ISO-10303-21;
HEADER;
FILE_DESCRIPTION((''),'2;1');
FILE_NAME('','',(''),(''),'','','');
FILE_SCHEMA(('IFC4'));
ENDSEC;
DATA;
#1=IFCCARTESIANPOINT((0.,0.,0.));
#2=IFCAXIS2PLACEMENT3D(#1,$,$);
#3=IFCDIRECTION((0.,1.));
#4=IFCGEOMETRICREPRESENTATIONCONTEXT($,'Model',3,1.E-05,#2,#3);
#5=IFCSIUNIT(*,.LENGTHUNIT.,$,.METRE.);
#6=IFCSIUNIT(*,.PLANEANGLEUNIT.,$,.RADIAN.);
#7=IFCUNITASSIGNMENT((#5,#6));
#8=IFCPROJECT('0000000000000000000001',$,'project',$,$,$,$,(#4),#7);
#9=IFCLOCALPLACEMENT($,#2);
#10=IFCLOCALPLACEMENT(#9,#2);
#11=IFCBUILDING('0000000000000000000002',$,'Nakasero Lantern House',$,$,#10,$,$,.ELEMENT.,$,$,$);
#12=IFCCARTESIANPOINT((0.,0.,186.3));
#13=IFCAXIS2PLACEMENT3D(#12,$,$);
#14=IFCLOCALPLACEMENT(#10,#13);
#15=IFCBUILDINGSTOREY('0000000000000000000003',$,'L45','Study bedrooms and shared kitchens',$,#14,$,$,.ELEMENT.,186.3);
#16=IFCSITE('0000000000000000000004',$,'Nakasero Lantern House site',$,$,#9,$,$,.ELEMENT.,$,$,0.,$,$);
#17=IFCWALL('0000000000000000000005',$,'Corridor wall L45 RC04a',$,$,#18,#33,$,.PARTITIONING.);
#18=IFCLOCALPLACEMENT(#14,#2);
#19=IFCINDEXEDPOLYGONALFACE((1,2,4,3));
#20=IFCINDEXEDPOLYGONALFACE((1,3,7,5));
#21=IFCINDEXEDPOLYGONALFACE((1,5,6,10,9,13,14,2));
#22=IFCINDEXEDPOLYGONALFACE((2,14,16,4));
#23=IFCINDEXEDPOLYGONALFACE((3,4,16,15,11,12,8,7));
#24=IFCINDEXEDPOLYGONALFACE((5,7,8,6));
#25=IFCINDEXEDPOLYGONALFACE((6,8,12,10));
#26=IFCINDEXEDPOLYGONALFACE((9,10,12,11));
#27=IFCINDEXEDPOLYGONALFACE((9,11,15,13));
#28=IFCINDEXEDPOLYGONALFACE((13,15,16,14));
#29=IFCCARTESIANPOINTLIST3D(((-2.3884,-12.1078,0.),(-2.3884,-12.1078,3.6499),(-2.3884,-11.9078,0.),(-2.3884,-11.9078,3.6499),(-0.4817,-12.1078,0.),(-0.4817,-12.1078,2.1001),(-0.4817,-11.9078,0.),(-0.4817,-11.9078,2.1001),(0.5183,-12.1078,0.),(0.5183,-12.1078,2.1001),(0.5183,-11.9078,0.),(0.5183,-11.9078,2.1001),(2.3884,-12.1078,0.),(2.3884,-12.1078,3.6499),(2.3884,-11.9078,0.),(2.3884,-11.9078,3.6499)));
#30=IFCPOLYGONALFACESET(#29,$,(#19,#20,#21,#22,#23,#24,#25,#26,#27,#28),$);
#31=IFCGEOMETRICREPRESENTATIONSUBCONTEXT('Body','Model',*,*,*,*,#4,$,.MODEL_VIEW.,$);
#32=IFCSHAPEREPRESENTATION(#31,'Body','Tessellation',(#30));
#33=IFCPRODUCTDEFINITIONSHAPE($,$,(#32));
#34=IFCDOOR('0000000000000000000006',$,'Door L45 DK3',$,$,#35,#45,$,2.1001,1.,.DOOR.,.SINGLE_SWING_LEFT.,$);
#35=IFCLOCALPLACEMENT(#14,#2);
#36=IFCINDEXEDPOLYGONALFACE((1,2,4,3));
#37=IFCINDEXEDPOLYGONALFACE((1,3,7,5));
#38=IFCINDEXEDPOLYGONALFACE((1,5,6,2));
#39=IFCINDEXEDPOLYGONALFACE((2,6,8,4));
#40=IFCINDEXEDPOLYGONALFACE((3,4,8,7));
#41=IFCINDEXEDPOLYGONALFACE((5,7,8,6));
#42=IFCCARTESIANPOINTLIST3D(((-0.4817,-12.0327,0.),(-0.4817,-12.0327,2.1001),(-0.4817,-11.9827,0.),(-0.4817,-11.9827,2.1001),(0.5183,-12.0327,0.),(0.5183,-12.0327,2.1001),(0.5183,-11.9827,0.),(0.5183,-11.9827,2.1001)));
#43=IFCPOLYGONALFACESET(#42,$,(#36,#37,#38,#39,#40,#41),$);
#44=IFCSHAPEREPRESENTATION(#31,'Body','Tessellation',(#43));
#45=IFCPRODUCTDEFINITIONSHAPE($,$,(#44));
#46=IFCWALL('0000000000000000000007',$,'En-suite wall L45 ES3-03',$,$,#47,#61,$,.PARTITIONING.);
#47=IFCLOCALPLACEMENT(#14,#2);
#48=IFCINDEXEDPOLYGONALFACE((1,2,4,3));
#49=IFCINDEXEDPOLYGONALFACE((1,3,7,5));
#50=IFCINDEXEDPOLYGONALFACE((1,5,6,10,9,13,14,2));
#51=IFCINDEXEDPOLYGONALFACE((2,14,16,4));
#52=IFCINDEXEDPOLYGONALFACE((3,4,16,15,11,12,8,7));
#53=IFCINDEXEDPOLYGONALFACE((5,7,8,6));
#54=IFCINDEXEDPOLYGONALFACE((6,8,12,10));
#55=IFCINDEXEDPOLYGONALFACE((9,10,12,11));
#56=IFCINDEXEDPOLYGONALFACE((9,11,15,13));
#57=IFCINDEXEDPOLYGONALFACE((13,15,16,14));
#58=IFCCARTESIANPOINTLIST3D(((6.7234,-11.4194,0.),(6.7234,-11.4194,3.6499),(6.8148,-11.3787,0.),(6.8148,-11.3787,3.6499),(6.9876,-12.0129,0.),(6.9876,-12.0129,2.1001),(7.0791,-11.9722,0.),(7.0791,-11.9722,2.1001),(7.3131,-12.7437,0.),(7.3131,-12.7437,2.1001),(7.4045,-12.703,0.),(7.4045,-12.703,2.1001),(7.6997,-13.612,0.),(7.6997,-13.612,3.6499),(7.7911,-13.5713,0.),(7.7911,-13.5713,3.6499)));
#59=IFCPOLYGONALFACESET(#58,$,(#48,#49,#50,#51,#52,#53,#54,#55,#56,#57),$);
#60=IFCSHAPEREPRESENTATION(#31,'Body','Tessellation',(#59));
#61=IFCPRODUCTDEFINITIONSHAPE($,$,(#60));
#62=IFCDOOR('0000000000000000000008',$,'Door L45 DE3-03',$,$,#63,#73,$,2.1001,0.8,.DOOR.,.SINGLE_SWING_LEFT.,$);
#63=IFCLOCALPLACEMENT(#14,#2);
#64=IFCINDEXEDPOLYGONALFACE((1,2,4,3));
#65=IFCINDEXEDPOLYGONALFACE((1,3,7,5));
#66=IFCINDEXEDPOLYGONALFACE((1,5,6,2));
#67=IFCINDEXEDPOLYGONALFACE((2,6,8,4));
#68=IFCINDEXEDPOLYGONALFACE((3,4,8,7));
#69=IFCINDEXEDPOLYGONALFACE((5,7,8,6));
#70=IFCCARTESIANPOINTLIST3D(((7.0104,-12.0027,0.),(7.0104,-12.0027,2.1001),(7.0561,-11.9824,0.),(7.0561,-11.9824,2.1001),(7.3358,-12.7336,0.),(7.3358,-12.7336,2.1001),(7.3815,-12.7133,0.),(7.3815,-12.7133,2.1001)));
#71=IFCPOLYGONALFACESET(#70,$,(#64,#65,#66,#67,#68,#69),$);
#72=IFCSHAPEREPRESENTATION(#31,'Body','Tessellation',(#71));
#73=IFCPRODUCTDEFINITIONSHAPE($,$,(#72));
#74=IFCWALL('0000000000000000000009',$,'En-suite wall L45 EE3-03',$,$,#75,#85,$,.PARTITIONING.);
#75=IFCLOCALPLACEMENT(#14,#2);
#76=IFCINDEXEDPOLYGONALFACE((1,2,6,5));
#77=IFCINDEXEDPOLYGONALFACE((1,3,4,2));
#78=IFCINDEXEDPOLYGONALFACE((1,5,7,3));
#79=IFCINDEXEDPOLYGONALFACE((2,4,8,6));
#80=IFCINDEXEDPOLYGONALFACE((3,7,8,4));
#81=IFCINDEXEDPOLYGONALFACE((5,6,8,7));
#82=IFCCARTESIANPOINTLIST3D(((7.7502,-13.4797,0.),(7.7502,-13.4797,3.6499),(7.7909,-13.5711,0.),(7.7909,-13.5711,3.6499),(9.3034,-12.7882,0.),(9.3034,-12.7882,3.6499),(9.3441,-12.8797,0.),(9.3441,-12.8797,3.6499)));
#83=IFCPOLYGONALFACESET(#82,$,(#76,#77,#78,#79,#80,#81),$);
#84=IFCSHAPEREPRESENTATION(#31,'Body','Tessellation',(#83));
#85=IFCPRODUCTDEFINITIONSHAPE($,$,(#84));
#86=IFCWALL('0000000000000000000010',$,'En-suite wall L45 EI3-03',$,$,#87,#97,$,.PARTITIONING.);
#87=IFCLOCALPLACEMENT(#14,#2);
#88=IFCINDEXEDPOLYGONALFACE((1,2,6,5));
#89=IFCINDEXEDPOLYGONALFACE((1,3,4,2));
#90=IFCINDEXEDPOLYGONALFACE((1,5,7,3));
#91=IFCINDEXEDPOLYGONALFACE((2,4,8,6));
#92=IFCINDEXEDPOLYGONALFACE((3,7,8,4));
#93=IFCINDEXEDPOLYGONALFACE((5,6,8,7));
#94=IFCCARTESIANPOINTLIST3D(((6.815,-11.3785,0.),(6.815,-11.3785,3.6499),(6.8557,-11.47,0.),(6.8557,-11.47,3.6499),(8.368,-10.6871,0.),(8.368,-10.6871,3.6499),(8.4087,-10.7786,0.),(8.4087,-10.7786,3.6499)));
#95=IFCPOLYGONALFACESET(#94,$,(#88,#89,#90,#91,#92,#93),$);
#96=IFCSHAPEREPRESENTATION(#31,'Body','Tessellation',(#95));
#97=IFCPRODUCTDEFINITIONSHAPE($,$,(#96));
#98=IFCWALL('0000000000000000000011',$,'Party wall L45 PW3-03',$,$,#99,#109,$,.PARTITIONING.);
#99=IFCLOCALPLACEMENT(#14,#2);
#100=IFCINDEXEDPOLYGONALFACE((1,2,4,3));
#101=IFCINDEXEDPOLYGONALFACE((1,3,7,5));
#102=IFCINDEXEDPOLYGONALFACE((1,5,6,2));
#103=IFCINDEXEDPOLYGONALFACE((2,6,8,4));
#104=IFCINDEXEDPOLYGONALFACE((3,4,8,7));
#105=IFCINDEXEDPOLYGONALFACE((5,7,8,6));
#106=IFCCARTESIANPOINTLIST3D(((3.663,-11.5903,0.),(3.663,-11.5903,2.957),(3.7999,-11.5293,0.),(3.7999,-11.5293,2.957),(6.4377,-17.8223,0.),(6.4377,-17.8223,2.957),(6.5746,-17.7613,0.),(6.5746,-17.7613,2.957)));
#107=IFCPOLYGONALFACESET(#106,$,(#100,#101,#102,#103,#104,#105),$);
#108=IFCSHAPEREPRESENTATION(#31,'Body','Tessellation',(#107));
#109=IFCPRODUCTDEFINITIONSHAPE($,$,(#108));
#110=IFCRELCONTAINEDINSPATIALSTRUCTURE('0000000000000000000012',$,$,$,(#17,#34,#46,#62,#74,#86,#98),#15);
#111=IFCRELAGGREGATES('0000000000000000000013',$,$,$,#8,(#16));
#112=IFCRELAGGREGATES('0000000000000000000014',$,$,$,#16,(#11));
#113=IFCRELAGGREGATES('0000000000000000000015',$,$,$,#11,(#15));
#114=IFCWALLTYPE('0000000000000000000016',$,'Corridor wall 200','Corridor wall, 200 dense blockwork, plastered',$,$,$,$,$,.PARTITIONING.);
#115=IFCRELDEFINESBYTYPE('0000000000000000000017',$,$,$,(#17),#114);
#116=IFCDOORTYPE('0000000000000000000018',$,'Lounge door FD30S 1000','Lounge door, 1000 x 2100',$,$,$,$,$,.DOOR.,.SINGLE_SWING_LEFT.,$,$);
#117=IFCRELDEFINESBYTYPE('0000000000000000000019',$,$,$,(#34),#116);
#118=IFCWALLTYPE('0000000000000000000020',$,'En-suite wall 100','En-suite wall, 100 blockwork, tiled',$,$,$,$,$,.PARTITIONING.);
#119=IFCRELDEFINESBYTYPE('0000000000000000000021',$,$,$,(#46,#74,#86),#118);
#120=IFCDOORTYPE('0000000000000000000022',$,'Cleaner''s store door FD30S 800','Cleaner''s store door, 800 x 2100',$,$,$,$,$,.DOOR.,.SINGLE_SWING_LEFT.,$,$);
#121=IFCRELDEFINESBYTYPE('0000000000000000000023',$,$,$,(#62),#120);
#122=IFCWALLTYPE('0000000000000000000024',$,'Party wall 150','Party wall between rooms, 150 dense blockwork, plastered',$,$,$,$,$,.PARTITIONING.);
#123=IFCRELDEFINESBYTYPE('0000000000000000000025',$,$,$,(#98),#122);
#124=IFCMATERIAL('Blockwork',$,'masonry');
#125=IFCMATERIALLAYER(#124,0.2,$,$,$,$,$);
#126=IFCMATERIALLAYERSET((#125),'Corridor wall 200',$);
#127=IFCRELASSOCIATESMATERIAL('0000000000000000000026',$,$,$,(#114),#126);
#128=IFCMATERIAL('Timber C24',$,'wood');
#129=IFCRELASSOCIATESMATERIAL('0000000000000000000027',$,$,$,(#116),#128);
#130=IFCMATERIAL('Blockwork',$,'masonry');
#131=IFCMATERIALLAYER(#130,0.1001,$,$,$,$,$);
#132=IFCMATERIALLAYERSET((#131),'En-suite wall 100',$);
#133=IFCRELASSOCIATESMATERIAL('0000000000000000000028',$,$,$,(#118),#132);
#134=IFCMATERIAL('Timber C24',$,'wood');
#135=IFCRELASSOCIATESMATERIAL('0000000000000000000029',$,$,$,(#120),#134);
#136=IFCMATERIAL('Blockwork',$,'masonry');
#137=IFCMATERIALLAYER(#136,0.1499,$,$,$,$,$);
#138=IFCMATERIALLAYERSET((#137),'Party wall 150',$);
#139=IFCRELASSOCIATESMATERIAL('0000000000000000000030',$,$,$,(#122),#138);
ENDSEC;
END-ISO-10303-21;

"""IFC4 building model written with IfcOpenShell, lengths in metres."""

from ifc_helpers import new_model, si_unit, direction, frame, frame_2d, origin, place, context, subcontext, project, spatial, rectangle, extrude, material, layer, layer_set, type_object, element, fill, save


model = new_model("IFC4")

# Units and contexts
model_context = context("Model", 3, precision=1e-05, world=origin(), true_north=direction((0.0, 1.0)))
body_context = subcontext(model_context, "Body", "Model", "MODEL_VIEW")
ifc_project = project(units=[si_unit("LENGTHUNIT", "METRE"), si_unit("PLANEANGLEUNIT", "RADIAN")], contexts=[model_context])

# Site, building, storey
site_placement = place(None, origin())
site = spatial("IfcSite", under=ifc_project, at=site_placement, Name="Nakasero Lantern House site", CompositionType="ELEMENT", RefElevation=0.0)
building_placement = place(site_placement, origin())
building = spatial("IfcBuilding", under=site, at=building_placement, Name="Nakasero Lantern House", CompositionType="ELEMENT")
storey_placement = place(building_placement, frame((0.0, 0.0, 186.3)))
storey = spatial("IfcBuildingStorey", under=building, at=storey_placement, Name="L45", Description="Study bedrooms and shared kitchens", CompositionType="ELEMENT", Elevation=186.3)

# Walls, openings, doors
ifc_material_1 = material(Name="Blockwork", Category="masonry")
ifc_layer_1 = layer(ifc_material_1, 0.2)
ifc_layer_set_1 = layer_set([ifc_layer_1], Name="Corridor wall 200")
wall_type_1 = type_object("IfcWallType", Name="Corridor wall 200", Description="Corridor wall, 200 dense blockwork, plastered", PredefinedType="PARTITIONING", material=ifc_layer_set_1)
wall_1_placement = place(storey_placement, frame((2.3884, -12.0078, 0.0), z_axis=(0.0, 0.0, 1.0), x_axis=(-1.0, 0.0, 0.0)))
wall_1 = element("IfcWall", 1, at=wall_1_placement, inside=storey, type_object=wall_type_1, Name="Corridor wall L45 RC04a", PredefinedType="PARTITIONING", context=body_context, shape_type="SweptSolid", body=[
    extrude(rectangle(XDim=4.7769, YDim=0.2, at=frame_2d((2.3884, 0.0))), origin(), (0.0, 0.0, 1.0), 3.6499),
])
opening_1_placement = place(wall_1_placement, frame((1.8701, 0.0, 0.0)))
opening_1 = element("IfcOpeningElement", 2, at=opening_1_placement, cuts=wall_1, PredefinedType="OPENING", context=body_context, shape_type="SweptSolid", body=[
    extrude(rectangle(XDim=1.0, YDim=2.1001, at=frame_2d((0.5, 1.05))), frame((0.0, 0.1199, 0.0), z_axis=(0.0, -1.0, 0.0), x_axis=(1.0, 0.0, 0.0)), (0.0, 0.0, 1.0), 0.24),
])
ifc_material_2 = material(Name="Timber C24", Category="wood")
door_type_1 = type_object("IfcDoorType", Name="Lounge door FD30S 1000", Description="Lounge door, 1000 x 2100", OperationType="SINGLE_SWING_LEFT", PredefinedType="DOOR", material=ifc_material_2)
door_1_placement = place(opening_1_placement, origin())
door_1 = element("IfcDoor", 3, at=door_1_placement, inside=storey, type_object=door_type_1, Name="Door L45 DK3", OperationType="SINGLE_SWING_LEFT", OverallHeight=2.1001, OverallWidth=1.0, PredefinedType="DOOR", context=body_context, shape_type="SweptSolid", body=[
    extrude(rectangle(XDim=1.0, YDim=2.1001, at=frame_2d((0.5, 1.05))), frame((0.0, 0.0249, 0.0), z_axis=(0.0, -1.0, 0.0), x_axis=(1.0, 0.0, 0.0)), (0.0, 0.0, 1.0), 0.05),
])
fill(opening_1, door_1)
ifc_material_3 = material(Name="Blockwork", Category="masonry")
ifc_layer_2 = layer(ifc_material_3, 0.1001)
ifc_layer_set_2 = layer_set([ifc_layer_2], Name="En-suite wall 100")
wall_type_2 = type_object("IfcWallType", Name="En-suite wall 100", Description="En-suite wall, 100 blockwork, tiled", PredefinedType="PARTITIONING", material=ifc_layer_set_2)
wall_2_placement = place(storey_placement, frame((6.769, -11.3989, 0.0), z_axis=(0.0, 0.0, 1.0), x_axis=(0.406771, -0.91353, 0.0)))
wall_2 = element("IfcWall", 4, at=wall_2_placement, inside=storey, type_object=wall_type_2, Name="En-suite wall L45 ES3-03", PredefinedType="PARTITIONING", context=body_context, shape_type="SweptSolid", body=[
    extrude(rectangle(XDim=2.4001, YDim=0.1001, at=frame_2d((1.2002, 0.0))), origin(), (0.0, 0.0, 1.0), 3.6499),
])
opening_2_placement = place(wall_2_placement, frame((0.6499, 0.0, 0.0)))
opening_2 = element("IfcOpeningElement", 5, at=opening_2_placement, cuts=wall_2, PredefinedType="OPENING", context=body_context, shape_type="SweptSolid", body=[
    extrude(rectangle(XDim=0.8, YDim=2.1001, at=frame_2d((0.3999, 1.05))), frame((0.0, 0.0701, 0.0), z_axis=(0.0, -1.0, 0.0), x_axis=(1.0, 0.0, 0.0)), (0.0, 0.0, 1.0), 0.1401),
])
ifc_material_4 = material(Name="Timber C24", Category="wood")
door_type_2 = type_object("IfcDoorType", Name="Cleaner's store door FD30S 800", Description="Cleaner's store door, 800 x 2100", OperationType="SINGLE_SWING_LEFT", PredefinedType="DOOR", material=ifc_material_4)
door_2_placement = place(opening_2_placement, origin())
door_2 = element("IfcDoor", 6, at=door_2_placement, inside=storey, type_object=door_type_2, Name="Door L45 DE3-03", OperationType="SINGLE_SWING_LEFT", OverallHeight=2.1001, OverallWidth=0.8, PredefinedType="DOOR", context=body_context, shape_type="SweptSolid", body=[
    extrude(rectangle(XDim=0.8, YDim=2.1001, at=frame_2d((0.3999, 1.05))), frame((0.0, 0.0249, 0.0), z_axis=(0.0, -1.0, 0.0), x_axis=(1.0, 0.0, 0.0)), (0.0, 0.0, 1.0), 0.05),
])
fill(opening_2, door_2)

# Walls
wall_3_placement = place(storey_placement, frame((7.7705, -13.5254, 0.0), z_axis=(0.0, 0.0, 1.0), x_axis=(0.913575, 0.406671, 0.0)))
element("IfcWall", 7, at=wall_3_placement, inside=storey, type_object=wall_type_2, Name="En-suite wall L45 EE3-03", PredefinedType="PARTITIONING", context=body_context, shape_type="SweptSolid", body=[
    extrude(rectangle(XDim=1.7002, YDim=0.1001, at=frame_2d((0.8501, 0.0))), origin(), (0.0, 0.0, 1.0), 3.6499),
])
wall_4_placement = place(storey_placement, frame((6.8352, -11.4243, 0.0), z_axis=(0.0, 0.0, 1.0), x_axis=(0.913551, 0.406725, 0.0)))
element("IfcWall", 8, at=wall_4_placement, inside=storey, type_object=wall_type_2, Name="En-suite wall L45 EI3-03", PredefinedType="PARTITIONING", context=body_context, shape_type="SweptSolid", body=[
    extrude(rectangle(XDim=1.7, YDim=0.1001, at=frame_2d((0.8501, 0.0))), origin(), (0.0, 0.0, 1.0), 3.6499),
])
ifc_material_5 = material(Name="Blockwork", Category="masonry")
ifc_layer_3 = layer(ifc_material_5, 0.1499)
ifc_layer_set_3 = layer_set([ifc_layer_3], Name="Party wall 150")
wall_type_3 = type_object("IfcWallType", Name="Party wall 150", Description="Party wall between rooms, 150 dense blockwork, plastered", PredefinedType="PARTITIONING", material=ifc_layer_set_3)
wall_5_placement = place(storey_placement, frame((3.7314, -11.5598, 0.0), z_axis=(0.0, 0.0, 1.0), x_axis=(0.406739, -0.913544, 0.0)))
element("IfcWall", 9, at=wall_5_placement, inside=storey, type_object=wall_type_3, Name="Party wall L45 PW3-03", PredefinedType="PARTITIONING", context=body_context, shape_type="SweptSolid", body=[
    extrude(rectangle(XDim=6.8218, YDim=0.1499, at=frame_2d((3.4109, 0.0))), origin(), (0.0, 0.0, 1.0), 2.957),
])

save(model, "model.ifc")
